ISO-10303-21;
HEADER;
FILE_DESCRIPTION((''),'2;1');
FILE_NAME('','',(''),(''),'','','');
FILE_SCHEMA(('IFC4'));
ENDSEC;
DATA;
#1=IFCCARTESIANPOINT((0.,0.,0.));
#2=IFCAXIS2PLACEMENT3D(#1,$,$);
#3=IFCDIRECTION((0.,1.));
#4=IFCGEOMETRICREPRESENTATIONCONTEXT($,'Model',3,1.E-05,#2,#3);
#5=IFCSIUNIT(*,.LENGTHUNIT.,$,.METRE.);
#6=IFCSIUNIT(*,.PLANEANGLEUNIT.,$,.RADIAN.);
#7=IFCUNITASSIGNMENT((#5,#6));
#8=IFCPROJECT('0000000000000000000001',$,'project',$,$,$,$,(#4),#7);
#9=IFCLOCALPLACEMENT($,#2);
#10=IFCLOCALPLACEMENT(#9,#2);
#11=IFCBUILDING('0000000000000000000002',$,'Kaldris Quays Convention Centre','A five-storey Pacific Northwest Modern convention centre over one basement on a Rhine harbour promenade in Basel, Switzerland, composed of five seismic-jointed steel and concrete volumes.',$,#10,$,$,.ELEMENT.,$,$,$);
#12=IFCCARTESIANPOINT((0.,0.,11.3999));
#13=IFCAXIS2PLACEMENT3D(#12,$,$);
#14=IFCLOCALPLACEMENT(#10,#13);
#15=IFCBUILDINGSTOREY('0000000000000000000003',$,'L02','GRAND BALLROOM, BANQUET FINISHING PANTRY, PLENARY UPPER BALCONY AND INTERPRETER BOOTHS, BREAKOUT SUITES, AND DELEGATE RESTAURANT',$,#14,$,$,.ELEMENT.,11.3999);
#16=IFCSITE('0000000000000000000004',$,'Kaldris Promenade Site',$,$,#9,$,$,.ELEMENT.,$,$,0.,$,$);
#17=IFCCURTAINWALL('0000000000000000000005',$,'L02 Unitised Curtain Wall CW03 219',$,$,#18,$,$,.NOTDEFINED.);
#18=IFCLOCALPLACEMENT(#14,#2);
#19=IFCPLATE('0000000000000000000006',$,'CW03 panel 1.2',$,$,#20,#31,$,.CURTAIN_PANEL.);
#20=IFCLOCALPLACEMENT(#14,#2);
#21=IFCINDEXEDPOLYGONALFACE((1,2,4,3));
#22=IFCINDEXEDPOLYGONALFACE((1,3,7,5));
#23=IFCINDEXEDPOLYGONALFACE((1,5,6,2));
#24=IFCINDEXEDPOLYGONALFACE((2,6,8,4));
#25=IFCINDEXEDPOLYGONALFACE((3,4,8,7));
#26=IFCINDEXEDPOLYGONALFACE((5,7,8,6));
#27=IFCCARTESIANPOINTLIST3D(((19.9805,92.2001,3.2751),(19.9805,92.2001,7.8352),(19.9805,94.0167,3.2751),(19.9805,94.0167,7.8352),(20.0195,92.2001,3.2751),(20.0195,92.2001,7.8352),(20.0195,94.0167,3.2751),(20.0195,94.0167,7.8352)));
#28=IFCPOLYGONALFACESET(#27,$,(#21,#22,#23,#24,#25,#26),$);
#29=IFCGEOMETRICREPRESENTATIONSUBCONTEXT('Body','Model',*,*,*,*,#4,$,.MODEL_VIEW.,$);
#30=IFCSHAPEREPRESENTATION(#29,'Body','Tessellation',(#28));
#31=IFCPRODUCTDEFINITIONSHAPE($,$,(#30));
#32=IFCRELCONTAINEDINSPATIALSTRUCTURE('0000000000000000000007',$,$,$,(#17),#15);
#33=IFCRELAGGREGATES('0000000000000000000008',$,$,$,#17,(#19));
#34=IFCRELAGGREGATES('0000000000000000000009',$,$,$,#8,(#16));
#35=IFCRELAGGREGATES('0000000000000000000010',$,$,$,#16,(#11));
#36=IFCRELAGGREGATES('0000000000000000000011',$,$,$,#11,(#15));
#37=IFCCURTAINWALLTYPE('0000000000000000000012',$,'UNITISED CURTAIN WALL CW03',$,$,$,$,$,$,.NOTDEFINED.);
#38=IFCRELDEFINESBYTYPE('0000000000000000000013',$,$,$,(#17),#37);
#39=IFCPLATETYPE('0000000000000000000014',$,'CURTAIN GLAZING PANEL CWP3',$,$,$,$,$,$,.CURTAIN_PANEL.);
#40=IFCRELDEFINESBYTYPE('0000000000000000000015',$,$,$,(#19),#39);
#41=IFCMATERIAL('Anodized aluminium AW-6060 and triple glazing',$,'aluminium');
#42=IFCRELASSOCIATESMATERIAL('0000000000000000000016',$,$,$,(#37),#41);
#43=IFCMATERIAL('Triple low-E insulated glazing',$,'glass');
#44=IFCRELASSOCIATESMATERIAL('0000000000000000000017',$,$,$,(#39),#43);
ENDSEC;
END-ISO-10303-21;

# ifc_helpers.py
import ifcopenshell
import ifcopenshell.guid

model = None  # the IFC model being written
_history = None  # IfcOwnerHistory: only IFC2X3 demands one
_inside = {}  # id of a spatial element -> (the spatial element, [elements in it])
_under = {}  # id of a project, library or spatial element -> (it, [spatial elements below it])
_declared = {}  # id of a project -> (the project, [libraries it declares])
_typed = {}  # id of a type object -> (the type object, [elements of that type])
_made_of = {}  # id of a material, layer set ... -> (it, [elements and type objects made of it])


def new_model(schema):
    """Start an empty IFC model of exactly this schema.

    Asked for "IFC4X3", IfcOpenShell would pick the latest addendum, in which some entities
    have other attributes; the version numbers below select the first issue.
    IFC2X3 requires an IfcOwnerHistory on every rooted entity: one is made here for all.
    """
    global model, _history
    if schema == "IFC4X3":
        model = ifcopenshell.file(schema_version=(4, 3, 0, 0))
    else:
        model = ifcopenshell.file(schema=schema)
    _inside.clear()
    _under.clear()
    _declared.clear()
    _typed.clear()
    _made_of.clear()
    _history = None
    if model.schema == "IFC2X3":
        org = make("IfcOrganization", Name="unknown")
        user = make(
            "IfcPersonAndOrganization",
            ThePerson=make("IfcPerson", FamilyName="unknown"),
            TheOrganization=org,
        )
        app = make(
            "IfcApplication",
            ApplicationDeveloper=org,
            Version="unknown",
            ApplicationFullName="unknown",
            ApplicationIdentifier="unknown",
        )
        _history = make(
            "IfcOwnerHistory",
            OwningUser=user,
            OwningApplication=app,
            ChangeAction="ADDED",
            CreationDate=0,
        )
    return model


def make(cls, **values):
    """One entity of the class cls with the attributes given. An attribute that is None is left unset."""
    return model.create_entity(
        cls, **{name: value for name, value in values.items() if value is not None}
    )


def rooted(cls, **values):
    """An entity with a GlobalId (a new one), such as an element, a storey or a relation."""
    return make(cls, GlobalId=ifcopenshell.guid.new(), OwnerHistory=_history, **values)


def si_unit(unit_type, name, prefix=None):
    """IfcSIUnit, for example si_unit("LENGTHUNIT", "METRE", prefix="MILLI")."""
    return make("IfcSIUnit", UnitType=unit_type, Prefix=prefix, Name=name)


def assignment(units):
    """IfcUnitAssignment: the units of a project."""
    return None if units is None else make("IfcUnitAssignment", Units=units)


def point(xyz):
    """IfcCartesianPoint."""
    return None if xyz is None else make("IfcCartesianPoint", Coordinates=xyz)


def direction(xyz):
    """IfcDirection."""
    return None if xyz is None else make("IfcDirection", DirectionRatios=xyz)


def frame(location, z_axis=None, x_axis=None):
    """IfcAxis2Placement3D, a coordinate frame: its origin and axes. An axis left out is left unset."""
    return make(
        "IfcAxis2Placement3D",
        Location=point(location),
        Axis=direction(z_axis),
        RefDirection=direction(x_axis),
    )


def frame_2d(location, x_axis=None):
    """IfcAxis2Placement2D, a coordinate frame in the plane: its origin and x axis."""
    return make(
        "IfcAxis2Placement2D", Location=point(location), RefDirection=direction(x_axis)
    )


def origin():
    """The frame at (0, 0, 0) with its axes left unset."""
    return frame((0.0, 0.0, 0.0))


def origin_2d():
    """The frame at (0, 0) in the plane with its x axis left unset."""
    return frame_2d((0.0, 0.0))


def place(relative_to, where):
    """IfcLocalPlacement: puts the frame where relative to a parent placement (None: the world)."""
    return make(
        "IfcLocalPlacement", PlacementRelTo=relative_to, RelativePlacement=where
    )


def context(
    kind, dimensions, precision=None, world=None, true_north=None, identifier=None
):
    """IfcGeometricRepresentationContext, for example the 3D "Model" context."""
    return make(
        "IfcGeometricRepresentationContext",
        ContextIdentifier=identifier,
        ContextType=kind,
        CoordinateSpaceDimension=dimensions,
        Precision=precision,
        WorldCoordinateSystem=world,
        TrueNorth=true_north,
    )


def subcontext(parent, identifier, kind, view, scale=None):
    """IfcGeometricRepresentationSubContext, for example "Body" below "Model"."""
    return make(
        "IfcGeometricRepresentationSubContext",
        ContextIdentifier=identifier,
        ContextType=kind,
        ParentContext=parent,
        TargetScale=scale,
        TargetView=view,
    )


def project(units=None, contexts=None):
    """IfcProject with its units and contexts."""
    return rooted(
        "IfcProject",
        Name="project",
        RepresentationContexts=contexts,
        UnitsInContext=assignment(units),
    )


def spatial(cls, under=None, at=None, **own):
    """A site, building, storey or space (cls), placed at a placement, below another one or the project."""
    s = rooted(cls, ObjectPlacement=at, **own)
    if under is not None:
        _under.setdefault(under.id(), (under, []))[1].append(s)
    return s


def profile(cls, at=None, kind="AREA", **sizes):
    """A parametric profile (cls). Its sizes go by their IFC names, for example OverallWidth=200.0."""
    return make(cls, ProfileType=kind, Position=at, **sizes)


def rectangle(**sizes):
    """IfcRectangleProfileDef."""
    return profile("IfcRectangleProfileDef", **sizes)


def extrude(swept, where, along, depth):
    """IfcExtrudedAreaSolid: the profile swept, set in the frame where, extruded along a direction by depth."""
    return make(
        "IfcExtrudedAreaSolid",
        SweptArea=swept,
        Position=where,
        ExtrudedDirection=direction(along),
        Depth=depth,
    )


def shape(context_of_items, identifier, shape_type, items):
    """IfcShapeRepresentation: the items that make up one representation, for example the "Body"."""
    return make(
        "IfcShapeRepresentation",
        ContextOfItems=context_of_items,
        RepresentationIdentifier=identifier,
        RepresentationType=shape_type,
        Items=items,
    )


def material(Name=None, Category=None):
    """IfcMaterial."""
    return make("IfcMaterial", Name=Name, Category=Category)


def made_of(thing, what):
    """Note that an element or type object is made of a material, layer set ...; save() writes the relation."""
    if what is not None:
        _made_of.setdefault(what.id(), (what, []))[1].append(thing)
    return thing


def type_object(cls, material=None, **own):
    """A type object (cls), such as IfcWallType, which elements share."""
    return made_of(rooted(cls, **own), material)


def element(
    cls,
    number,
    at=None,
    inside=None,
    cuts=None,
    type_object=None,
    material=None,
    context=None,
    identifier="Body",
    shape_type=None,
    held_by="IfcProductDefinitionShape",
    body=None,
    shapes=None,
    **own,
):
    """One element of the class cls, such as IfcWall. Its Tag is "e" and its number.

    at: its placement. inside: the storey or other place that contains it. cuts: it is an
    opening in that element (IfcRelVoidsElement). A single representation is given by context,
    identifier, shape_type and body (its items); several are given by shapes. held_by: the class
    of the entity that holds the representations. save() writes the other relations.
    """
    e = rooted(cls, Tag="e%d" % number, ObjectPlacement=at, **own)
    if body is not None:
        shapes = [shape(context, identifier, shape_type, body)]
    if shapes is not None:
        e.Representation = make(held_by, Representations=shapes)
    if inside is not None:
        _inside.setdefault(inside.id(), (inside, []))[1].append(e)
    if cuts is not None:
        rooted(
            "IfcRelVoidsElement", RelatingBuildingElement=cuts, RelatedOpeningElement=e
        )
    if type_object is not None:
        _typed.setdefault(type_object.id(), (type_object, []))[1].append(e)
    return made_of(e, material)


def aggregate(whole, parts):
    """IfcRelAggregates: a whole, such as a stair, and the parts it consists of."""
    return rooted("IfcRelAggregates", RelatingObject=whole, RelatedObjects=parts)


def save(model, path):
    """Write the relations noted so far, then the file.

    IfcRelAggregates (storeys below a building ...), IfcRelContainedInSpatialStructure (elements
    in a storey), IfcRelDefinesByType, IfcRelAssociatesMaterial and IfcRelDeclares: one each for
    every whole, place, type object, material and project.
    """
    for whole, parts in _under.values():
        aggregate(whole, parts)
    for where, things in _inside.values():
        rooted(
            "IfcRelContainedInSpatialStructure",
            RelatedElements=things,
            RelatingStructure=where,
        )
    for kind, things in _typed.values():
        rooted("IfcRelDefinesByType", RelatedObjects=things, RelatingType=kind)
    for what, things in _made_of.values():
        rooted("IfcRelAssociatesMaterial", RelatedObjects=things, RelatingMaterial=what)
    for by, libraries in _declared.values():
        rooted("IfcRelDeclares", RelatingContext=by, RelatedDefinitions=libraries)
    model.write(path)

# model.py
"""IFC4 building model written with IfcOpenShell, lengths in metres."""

from ifc_helpers import new_model, si_unit, direction, frame, origin, origin_2d, place, context, subcontext, project, spatial, rectangle, extrude, material, type_object, element, aggregate, save


model = new_model("IFC4")

# Units and contexts
model_context = context("Model", 3, precision=1e-05, world=origin(), true_north=direction((0.0, 1.0)))
body_context = subcontext(model_context, "Body", "Model", "MODEL_VIEW")
ifc_project = project(units=[si_unit("LENGTHUNIT", "METRE"), si_unit("PLANEANGLEUNIT", "RADIAN")], contexts=[model_context])

# Site, building, storey
site_placement = place(None, origin())
site = spatial("IfcSite", under=ifc_project, at=site_placement, Name="Kaldris Promenade Site", CompositionType="ELEMENT", RefElevation=0.0)
building_placement = place(site_placement, origin())
building = spatial("IfcBuilding", under=site, at=building_placement, Name="Kaldris Quays Convention Centre", Description="A five-storey Pacific Northwest Modern convention centre over one basement on a Rhine harbour promenade in Basel, Switzerland, composed of five seismic-jointed steel and concrete volumes.", CompositionType="ELEMENT")
storey_placement = place(building_placement, frame((0.0, 0.0, 11.3999)))
storey = spatial("IfcBuildingStorey", under=building, at=storey_placement, Name="L02", Description="GRAND BALLROOM, BANQUET FINISHING PANTRY, PLENARY UPPER BALCONY AND INTERPRETER BOOTHS, BREAKOUT SUITES, AND DELEGATE RESTAURANT", CompositionType="ELEMENT", Elevation=11.3999)

# Curtain wall
ifc_material_1 = material(Name="Anodized aluminium AW-6060 and triple glazing", Category="aluminium")
curtain_wall_type = type_object("IfcCurtainWallType", Name="UNITISED CURTAIN WALL CW03", PredefinedType="NOTDEFINED", material=ifc_material_1)
curtain_wall_1_placement = place(storey_placement, origin())
curtain_wall_1 = element("IfcCurtainWall", 1, at=curtain_wall_1_placement, inside=storey, type_object=curtain_wall_type, Name="L02 Unitised Curtain Wall CW03 219", PredefinedType="NOTDEFINED")

# Plate
ifc_material_2 = material(Name="Triple low-E insulated glazing", Category="glass")
plate_type_1 = type_object("IfcPlateType", Name="CURTAIN GLAZING PANEL CWP3", PredefinedType="CURTAIN_PANEL", material=ifc_material_2)
plate_1_placement = place(storey_placement, frame((20.0, 93.1084, 3.2751), z_axis=(0.0, 0.0, 1.0), x_axis=(0.0, 1.0, 0.0)))
plate_1 = element("IfcPlate", 2, at=plate_1_placement, type_object=plate_type_1, Name="CW03 panel 1.2", PredefinedType="CURTAIN_PANEL", context=body_context, shape_type="SweptSolid", body=[
    extrude(rectangle(XDim=1.8167, YDim=0.0391, at=origin_2d()), origin(), (0.0, 0.0, 1.0), 4.5601),
])
aggregate(curtain_wall_1, [plate_1])

save(model, "model.ifc")
